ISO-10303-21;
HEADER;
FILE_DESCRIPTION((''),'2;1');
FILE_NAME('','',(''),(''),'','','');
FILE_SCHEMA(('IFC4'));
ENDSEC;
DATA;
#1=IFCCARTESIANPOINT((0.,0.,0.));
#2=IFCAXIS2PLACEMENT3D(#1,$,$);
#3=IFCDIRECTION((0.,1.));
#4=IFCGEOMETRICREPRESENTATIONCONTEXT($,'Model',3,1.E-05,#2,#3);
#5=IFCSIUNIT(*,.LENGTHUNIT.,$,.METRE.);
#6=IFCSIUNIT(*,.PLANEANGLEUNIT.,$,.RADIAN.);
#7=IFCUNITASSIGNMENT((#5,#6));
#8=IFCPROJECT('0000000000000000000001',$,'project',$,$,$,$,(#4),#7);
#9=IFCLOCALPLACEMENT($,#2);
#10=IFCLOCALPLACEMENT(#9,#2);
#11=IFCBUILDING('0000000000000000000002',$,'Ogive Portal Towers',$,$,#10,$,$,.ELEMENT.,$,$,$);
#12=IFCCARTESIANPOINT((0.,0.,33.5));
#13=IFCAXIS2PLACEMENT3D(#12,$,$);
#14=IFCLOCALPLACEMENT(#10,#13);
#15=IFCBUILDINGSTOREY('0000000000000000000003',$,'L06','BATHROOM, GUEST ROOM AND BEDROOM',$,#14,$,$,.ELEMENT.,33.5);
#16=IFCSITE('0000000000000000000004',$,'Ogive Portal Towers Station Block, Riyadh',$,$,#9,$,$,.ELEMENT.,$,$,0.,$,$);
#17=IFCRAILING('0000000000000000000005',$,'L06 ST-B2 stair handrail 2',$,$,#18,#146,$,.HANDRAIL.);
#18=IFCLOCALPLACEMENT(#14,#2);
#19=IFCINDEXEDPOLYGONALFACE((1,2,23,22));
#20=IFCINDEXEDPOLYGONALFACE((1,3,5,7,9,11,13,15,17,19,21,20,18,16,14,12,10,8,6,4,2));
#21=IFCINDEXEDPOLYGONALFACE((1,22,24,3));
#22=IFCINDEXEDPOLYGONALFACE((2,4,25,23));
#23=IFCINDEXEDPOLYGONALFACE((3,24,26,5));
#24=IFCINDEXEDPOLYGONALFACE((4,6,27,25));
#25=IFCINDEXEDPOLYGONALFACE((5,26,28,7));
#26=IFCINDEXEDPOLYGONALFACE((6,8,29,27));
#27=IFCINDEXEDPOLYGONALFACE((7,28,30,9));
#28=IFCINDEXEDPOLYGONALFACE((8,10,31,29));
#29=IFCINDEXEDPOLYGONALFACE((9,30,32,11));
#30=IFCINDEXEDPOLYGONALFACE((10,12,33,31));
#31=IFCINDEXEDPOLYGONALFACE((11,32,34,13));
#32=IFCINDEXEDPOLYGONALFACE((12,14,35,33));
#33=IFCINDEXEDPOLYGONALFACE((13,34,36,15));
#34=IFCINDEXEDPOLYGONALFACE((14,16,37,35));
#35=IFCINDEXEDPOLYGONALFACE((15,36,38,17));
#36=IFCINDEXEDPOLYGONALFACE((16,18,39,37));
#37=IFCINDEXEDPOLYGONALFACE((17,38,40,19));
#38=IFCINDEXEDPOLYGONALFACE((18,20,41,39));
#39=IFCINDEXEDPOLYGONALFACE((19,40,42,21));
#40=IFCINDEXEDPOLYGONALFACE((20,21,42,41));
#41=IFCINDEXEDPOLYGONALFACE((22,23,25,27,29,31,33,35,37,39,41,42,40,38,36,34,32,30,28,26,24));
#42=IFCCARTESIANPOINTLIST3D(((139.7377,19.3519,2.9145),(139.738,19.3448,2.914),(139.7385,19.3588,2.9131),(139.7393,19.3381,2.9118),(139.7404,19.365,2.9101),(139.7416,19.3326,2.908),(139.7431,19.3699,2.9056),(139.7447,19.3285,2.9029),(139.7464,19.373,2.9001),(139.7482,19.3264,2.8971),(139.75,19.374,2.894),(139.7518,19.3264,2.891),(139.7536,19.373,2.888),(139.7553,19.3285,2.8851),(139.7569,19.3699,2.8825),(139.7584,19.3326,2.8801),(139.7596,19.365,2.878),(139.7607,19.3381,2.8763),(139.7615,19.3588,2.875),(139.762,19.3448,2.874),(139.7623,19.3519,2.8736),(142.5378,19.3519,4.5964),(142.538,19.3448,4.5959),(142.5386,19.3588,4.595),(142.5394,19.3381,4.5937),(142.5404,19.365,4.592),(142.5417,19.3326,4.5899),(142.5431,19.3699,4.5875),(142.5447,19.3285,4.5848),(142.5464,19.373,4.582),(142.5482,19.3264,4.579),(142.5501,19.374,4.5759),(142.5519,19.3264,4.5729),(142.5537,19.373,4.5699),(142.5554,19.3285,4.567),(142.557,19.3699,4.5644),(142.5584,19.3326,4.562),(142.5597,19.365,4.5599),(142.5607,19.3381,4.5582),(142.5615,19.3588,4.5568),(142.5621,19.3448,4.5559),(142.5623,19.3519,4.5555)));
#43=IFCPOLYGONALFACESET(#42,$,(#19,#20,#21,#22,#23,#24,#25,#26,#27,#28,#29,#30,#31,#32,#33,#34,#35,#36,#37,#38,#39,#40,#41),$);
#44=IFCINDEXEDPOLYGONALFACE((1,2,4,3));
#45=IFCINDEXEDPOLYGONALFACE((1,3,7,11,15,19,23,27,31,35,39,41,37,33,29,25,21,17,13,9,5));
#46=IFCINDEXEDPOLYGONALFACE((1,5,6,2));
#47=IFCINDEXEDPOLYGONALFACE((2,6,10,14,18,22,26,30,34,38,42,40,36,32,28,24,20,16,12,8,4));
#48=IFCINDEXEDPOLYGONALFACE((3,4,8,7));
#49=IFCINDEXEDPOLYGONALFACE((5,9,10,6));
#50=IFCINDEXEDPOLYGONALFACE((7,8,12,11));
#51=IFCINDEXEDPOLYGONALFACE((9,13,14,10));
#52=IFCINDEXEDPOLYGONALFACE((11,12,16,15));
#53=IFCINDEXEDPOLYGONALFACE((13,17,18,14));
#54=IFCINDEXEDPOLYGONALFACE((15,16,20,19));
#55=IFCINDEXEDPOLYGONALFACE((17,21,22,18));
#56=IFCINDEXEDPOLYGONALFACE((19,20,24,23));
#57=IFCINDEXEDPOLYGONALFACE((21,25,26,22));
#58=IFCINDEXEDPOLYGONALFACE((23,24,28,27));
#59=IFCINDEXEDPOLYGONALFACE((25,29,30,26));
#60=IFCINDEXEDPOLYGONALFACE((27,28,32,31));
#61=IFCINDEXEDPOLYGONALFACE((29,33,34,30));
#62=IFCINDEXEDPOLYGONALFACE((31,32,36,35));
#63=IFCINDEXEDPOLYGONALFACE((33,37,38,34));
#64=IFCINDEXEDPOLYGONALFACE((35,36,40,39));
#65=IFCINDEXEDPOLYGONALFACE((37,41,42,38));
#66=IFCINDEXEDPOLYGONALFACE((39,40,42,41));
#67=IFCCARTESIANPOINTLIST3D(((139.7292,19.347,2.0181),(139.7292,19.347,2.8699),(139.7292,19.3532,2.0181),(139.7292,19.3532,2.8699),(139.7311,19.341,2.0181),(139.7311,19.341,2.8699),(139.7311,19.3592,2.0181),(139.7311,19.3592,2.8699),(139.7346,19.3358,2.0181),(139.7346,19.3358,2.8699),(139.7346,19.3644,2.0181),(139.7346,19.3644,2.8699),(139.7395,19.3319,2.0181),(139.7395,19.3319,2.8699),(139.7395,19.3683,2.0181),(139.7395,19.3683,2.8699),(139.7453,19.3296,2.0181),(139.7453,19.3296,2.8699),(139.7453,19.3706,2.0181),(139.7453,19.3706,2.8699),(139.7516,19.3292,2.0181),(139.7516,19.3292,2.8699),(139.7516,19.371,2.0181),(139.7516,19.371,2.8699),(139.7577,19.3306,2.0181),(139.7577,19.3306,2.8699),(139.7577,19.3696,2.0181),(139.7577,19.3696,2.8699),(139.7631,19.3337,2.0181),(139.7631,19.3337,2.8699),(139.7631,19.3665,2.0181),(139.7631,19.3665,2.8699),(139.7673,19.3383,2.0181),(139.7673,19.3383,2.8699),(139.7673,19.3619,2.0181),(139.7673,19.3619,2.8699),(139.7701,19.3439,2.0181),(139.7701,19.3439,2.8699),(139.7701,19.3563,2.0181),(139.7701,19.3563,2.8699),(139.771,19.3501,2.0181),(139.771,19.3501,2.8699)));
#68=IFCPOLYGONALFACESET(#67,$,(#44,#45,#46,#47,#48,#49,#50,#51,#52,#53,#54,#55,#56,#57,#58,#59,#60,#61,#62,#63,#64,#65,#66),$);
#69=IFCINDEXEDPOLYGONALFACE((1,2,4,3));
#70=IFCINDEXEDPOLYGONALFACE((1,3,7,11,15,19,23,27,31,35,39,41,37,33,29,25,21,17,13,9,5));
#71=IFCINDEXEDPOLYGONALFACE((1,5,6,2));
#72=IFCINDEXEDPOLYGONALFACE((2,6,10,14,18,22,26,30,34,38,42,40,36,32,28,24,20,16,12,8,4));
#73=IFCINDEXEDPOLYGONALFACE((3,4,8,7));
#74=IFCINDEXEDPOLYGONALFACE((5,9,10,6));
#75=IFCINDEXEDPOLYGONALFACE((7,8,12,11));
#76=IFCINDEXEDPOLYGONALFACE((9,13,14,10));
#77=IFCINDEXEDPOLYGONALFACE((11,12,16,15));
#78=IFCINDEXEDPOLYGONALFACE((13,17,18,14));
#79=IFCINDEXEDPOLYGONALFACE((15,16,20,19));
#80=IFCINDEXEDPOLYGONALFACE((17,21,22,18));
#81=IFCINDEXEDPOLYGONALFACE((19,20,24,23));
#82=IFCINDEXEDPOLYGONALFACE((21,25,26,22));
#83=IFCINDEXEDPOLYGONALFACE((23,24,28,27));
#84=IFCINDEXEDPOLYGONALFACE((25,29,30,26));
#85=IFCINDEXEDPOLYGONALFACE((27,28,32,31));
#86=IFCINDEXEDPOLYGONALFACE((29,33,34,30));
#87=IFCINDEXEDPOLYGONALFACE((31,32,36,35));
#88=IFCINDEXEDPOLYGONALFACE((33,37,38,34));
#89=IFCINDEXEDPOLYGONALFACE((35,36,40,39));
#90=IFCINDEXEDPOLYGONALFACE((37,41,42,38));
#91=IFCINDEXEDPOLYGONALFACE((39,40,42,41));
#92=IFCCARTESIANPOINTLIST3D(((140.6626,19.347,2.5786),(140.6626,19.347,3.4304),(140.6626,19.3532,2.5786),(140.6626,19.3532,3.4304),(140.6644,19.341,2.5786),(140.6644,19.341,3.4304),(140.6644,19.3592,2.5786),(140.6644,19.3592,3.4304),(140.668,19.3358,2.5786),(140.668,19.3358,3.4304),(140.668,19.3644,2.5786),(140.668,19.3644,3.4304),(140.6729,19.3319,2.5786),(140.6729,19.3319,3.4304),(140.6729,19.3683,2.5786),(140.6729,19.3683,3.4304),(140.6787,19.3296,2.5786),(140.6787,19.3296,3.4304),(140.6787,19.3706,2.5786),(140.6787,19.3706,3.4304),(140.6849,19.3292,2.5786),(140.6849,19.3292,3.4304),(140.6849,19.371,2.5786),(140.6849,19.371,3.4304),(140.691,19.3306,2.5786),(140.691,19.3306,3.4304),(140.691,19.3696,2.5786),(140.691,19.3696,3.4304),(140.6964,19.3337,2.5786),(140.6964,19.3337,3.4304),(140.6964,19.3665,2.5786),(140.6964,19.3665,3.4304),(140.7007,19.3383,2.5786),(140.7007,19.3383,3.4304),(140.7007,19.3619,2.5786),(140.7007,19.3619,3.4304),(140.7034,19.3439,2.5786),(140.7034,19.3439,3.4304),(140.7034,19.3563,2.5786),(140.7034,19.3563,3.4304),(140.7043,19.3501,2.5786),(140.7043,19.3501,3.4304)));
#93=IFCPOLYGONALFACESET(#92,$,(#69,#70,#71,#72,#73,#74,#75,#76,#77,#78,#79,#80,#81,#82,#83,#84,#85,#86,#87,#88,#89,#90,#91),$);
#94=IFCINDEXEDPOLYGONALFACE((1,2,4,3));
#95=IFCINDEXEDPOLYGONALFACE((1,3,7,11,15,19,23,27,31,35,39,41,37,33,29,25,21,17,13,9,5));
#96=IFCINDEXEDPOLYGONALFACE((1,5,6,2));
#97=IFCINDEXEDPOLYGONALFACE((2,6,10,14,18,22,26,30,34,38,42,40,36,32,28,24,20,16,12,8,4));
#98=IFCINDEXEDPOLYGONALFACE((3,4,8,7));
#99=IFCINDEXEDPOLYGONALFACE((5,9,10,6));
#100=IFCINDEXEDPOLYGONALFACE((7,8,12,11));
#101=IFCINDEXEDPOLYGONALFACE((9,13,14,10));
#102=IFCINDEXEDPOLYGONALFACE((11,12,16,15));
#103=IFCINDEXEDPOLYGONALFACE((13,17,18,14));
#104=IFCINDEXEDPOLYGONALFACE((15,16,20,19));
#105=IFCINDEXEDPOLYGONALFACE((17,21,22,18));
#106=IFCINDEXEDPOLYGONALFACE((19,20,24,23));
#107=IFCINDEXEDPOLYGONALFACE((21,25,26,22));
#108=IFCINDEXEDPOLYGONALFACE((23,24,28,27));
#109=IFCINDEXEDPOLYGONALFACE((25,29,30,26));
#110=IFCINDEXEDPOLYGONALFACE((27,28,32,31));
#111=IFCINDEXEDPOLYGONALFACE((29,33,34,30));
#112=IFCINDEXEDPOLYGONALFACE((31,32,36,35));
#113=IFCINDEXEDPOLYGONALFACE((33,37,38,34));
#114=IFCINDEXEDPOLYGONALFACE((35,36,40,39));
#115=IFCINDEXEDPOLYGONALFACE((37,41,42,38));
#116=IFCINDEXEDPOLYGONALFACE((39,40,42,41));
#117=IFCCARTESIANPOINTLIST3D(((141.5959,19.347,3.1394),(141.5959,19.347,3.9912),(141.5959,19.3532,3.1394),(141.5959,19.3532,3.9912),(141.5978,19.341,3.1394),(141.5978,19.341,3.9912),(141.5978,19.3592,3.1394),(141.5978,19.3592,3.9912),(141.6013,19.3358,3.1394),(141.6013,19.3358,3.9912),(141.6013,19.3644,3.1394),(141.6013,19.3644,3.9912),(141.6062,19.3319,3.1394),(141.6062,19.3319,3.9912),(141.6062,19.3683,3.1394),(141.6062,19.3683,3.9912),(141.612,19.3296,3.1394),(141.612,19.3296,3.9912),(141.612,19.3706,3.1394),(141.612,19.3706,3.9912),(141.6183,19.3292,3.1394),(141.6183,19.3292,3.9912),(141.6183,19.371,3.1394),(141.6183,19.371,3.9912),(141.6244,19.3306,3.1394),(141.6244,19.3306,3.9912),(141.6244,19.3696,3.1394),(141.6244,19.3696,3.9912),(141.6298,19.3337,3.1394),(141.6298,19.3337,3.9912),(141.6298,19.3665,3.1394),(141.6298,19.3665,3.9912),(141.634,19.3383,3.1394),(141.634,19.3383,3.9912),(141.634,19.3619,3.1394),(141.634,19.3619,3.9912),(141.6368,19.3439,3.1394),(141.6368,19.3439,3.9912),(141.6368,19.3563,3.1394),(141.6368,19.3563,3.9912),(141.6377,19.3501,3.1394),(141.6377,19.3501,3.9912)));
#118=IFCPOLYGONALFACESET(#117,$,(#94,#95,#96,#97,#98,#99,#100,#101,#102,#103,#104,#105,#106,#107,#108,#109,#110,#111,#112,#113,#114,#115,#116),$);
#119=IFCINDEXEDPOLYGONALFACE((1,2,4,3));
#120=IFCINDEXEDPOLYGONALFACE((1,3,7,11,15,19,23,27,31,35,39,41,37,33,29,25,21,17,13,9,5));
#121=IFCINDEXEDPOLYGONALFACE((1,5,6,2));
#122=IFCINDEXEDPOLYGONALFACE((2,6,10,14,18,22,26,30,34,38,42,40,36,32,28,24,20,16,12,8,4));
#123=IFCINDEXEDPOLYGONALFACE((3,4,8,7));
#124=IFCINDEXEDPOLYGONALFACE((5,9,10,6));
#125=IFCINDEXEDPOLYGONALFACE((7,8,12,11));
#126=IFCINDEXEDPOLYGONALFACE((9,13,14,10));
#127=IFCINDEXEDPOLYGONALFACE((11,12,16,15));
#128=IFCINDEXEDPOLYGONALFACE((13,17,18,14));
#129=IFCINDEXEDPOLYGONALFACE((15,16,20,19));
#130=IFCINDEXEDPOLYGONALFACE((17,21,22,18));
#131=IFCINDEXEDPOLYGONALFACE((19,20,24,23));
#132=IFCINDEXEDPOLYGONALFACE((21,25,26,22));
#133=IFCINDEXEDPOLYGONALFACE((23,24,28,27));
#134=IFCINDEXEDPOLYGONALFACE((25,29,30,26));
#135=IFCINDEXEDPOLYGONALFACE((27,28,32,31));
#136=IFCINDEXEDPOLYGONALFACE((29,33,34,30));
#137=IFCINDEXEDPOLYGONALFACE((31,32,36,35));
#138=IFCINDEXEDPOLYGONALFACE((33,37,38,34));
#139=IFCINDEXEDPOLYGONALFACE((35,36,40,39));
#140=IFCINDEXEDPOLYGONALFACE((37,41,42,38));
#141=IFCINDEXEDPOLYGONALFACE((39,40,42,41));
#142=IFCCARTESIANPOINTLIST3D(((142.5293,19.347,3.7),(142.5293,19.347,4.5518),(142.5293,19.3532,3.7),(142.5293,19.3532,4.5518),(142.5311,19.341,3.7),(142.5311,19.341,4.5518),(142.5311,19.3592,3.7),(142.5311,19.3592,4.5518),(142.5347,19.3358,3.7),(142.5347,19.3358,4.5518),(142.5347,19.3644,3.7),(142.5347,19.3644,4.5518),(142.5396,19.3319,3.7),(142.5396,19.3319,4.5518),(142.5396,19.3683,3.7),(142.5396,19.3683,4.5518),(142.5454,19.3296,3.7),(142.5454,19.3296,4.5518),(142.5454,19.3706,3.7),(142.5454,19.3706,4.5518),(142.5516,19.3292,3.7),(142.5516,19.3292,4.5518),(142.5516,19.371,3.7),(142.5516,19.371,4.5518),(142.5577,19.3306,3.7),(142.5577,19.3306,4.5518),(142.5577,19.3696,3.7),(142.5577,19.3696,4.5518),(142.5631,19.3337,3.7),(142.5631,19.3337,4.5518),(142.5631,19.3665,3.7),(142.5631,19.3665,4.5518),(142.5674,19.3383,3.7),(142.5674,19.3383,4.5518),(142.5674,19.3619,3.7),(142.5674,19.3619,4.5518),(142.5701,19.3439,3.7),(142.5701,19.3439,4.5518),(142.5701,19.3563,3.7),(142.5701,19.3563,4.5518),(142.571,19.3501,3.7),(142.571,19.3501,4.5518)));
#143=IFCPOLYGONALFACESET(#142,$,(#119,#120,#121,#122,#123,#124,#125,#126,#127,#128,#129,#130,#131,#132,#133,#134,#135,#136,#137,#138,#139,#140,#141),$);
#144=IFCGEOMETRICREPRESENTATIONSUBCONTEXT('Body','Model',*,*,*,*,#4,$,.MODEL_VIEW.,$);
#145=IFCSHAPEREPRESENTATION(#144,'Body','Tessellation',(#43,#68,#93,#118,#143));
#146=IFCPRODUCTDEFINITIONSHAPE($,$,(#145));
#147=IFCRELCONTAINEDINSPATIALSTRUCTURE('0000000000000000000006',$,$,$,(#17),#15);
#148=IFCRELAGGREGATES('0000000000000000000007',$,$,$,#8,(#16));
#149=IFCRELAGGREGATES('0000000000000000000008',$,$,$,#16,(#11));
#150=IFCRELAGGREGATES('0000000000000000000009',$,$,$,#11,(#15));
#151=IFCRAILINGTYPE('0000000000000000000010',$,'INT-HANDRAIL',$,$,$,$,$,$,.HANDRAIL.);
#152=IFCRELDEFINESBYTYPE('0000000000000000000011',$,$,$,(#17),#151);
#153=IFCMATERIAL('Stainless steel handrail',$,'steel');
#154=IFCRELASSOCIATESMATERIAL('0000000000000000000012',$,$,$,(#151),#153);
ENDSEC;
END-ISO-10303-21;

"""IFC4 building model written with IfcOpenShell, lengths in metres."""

from ifc_helpers import new_model, si_unit, direction, frame, origin, origin_2d, place, context, subcontext, project, spatial, circle, extrude, material, type_object, element, save


model = new_model("IFC4")

# Units and contexts
model_context = context("Model", 3, precision=1e-05, world=origin(), true_north=direction((0.0, 1.0)))
body_context = subcontext(model_context, "Body", "Model", "MODEL_VIEW")
ifc_project = project(units=[si_unit("LENGTHUNIT", "METRE"), si_unit("PLANEANGLEUNIT", "RADIAN")], contexts=[model_context])

# Site, building, storey
site_placement = place(None, origin())
site = spatial("IfcSite", under=ifc_project, at=site_placement, Name="Ogive Portal Towers Station Block, Riyadh", CompositionType="ELEMENT", RefElevation=0.0)
building_placement = place(site_placement, origin())
building = spatial("IfcBuilding", under=site, at=building_placement, Name="Ogive Portal Towers", CompositionType="ELEMENT")
storey_placement = place(building_placement, frame((0.0, 0.0, 33.5)))
storey = spatial("IfcBuildingStorey", under=building, at=storey_placement, Name="L06", Description="BATHROOM, GUEST ROOM AND BEDROOM", CompositionType="ELEMENT", Elevation=33.5)

# Railing
ifc_material_1 = material(Name="Stainless steel handrail", Category="steel")
railing_type_1 = type_object("IfcRailingType", Name="INT-HANDRAIL", PredefinedType="HANDRAIL", material=ifc_material_1)
railing_1_placement = place(storey_placement, frame((139.75, 19.3501, 2.0181)))
element("IfcRailing", 1, at=railing_1_placement, inside=storey, type_object=railing_type_1, Name="L06 ST-B2 stair handrail 2", PredefinedType="HANDRAIL", context=body_context, shape_type="SweptSolid", body=[
    extrude(circle(Radius=0.0239, at=origin_2d()), frame((0.0, 0.0, 0.876), z_axis=(0.857242, 0.0, 0.514913), x_axis=(0.0, 1.0, 0.0)), (0.0, 0.0, 1.0), 3.2664),
    extrude(circle(Radius=0.021, at=origin_2d()), origin(), (0.0, 0.0, 1.0), 0.8518),
    extrude(circle(Radius=0.021, at=origin_2d()), frame((0.9333, 0.0, 0.5605)), (0.0, 0.0, 1.0), 0.8518),
    extrude(circle(Radius=0.021, at=origin_2d()), frame((1.8667, 0.0, 1.1213)), (0.0, 0.0, 1.0), 0.8518),
    extrude(circle(Radius=0.021, at=origin_2d()), frame((2.8, 0.0, 1.6819)), (0.0, 0.0, 1.0), 0.8518),
])

save(model, "model.ifc")
